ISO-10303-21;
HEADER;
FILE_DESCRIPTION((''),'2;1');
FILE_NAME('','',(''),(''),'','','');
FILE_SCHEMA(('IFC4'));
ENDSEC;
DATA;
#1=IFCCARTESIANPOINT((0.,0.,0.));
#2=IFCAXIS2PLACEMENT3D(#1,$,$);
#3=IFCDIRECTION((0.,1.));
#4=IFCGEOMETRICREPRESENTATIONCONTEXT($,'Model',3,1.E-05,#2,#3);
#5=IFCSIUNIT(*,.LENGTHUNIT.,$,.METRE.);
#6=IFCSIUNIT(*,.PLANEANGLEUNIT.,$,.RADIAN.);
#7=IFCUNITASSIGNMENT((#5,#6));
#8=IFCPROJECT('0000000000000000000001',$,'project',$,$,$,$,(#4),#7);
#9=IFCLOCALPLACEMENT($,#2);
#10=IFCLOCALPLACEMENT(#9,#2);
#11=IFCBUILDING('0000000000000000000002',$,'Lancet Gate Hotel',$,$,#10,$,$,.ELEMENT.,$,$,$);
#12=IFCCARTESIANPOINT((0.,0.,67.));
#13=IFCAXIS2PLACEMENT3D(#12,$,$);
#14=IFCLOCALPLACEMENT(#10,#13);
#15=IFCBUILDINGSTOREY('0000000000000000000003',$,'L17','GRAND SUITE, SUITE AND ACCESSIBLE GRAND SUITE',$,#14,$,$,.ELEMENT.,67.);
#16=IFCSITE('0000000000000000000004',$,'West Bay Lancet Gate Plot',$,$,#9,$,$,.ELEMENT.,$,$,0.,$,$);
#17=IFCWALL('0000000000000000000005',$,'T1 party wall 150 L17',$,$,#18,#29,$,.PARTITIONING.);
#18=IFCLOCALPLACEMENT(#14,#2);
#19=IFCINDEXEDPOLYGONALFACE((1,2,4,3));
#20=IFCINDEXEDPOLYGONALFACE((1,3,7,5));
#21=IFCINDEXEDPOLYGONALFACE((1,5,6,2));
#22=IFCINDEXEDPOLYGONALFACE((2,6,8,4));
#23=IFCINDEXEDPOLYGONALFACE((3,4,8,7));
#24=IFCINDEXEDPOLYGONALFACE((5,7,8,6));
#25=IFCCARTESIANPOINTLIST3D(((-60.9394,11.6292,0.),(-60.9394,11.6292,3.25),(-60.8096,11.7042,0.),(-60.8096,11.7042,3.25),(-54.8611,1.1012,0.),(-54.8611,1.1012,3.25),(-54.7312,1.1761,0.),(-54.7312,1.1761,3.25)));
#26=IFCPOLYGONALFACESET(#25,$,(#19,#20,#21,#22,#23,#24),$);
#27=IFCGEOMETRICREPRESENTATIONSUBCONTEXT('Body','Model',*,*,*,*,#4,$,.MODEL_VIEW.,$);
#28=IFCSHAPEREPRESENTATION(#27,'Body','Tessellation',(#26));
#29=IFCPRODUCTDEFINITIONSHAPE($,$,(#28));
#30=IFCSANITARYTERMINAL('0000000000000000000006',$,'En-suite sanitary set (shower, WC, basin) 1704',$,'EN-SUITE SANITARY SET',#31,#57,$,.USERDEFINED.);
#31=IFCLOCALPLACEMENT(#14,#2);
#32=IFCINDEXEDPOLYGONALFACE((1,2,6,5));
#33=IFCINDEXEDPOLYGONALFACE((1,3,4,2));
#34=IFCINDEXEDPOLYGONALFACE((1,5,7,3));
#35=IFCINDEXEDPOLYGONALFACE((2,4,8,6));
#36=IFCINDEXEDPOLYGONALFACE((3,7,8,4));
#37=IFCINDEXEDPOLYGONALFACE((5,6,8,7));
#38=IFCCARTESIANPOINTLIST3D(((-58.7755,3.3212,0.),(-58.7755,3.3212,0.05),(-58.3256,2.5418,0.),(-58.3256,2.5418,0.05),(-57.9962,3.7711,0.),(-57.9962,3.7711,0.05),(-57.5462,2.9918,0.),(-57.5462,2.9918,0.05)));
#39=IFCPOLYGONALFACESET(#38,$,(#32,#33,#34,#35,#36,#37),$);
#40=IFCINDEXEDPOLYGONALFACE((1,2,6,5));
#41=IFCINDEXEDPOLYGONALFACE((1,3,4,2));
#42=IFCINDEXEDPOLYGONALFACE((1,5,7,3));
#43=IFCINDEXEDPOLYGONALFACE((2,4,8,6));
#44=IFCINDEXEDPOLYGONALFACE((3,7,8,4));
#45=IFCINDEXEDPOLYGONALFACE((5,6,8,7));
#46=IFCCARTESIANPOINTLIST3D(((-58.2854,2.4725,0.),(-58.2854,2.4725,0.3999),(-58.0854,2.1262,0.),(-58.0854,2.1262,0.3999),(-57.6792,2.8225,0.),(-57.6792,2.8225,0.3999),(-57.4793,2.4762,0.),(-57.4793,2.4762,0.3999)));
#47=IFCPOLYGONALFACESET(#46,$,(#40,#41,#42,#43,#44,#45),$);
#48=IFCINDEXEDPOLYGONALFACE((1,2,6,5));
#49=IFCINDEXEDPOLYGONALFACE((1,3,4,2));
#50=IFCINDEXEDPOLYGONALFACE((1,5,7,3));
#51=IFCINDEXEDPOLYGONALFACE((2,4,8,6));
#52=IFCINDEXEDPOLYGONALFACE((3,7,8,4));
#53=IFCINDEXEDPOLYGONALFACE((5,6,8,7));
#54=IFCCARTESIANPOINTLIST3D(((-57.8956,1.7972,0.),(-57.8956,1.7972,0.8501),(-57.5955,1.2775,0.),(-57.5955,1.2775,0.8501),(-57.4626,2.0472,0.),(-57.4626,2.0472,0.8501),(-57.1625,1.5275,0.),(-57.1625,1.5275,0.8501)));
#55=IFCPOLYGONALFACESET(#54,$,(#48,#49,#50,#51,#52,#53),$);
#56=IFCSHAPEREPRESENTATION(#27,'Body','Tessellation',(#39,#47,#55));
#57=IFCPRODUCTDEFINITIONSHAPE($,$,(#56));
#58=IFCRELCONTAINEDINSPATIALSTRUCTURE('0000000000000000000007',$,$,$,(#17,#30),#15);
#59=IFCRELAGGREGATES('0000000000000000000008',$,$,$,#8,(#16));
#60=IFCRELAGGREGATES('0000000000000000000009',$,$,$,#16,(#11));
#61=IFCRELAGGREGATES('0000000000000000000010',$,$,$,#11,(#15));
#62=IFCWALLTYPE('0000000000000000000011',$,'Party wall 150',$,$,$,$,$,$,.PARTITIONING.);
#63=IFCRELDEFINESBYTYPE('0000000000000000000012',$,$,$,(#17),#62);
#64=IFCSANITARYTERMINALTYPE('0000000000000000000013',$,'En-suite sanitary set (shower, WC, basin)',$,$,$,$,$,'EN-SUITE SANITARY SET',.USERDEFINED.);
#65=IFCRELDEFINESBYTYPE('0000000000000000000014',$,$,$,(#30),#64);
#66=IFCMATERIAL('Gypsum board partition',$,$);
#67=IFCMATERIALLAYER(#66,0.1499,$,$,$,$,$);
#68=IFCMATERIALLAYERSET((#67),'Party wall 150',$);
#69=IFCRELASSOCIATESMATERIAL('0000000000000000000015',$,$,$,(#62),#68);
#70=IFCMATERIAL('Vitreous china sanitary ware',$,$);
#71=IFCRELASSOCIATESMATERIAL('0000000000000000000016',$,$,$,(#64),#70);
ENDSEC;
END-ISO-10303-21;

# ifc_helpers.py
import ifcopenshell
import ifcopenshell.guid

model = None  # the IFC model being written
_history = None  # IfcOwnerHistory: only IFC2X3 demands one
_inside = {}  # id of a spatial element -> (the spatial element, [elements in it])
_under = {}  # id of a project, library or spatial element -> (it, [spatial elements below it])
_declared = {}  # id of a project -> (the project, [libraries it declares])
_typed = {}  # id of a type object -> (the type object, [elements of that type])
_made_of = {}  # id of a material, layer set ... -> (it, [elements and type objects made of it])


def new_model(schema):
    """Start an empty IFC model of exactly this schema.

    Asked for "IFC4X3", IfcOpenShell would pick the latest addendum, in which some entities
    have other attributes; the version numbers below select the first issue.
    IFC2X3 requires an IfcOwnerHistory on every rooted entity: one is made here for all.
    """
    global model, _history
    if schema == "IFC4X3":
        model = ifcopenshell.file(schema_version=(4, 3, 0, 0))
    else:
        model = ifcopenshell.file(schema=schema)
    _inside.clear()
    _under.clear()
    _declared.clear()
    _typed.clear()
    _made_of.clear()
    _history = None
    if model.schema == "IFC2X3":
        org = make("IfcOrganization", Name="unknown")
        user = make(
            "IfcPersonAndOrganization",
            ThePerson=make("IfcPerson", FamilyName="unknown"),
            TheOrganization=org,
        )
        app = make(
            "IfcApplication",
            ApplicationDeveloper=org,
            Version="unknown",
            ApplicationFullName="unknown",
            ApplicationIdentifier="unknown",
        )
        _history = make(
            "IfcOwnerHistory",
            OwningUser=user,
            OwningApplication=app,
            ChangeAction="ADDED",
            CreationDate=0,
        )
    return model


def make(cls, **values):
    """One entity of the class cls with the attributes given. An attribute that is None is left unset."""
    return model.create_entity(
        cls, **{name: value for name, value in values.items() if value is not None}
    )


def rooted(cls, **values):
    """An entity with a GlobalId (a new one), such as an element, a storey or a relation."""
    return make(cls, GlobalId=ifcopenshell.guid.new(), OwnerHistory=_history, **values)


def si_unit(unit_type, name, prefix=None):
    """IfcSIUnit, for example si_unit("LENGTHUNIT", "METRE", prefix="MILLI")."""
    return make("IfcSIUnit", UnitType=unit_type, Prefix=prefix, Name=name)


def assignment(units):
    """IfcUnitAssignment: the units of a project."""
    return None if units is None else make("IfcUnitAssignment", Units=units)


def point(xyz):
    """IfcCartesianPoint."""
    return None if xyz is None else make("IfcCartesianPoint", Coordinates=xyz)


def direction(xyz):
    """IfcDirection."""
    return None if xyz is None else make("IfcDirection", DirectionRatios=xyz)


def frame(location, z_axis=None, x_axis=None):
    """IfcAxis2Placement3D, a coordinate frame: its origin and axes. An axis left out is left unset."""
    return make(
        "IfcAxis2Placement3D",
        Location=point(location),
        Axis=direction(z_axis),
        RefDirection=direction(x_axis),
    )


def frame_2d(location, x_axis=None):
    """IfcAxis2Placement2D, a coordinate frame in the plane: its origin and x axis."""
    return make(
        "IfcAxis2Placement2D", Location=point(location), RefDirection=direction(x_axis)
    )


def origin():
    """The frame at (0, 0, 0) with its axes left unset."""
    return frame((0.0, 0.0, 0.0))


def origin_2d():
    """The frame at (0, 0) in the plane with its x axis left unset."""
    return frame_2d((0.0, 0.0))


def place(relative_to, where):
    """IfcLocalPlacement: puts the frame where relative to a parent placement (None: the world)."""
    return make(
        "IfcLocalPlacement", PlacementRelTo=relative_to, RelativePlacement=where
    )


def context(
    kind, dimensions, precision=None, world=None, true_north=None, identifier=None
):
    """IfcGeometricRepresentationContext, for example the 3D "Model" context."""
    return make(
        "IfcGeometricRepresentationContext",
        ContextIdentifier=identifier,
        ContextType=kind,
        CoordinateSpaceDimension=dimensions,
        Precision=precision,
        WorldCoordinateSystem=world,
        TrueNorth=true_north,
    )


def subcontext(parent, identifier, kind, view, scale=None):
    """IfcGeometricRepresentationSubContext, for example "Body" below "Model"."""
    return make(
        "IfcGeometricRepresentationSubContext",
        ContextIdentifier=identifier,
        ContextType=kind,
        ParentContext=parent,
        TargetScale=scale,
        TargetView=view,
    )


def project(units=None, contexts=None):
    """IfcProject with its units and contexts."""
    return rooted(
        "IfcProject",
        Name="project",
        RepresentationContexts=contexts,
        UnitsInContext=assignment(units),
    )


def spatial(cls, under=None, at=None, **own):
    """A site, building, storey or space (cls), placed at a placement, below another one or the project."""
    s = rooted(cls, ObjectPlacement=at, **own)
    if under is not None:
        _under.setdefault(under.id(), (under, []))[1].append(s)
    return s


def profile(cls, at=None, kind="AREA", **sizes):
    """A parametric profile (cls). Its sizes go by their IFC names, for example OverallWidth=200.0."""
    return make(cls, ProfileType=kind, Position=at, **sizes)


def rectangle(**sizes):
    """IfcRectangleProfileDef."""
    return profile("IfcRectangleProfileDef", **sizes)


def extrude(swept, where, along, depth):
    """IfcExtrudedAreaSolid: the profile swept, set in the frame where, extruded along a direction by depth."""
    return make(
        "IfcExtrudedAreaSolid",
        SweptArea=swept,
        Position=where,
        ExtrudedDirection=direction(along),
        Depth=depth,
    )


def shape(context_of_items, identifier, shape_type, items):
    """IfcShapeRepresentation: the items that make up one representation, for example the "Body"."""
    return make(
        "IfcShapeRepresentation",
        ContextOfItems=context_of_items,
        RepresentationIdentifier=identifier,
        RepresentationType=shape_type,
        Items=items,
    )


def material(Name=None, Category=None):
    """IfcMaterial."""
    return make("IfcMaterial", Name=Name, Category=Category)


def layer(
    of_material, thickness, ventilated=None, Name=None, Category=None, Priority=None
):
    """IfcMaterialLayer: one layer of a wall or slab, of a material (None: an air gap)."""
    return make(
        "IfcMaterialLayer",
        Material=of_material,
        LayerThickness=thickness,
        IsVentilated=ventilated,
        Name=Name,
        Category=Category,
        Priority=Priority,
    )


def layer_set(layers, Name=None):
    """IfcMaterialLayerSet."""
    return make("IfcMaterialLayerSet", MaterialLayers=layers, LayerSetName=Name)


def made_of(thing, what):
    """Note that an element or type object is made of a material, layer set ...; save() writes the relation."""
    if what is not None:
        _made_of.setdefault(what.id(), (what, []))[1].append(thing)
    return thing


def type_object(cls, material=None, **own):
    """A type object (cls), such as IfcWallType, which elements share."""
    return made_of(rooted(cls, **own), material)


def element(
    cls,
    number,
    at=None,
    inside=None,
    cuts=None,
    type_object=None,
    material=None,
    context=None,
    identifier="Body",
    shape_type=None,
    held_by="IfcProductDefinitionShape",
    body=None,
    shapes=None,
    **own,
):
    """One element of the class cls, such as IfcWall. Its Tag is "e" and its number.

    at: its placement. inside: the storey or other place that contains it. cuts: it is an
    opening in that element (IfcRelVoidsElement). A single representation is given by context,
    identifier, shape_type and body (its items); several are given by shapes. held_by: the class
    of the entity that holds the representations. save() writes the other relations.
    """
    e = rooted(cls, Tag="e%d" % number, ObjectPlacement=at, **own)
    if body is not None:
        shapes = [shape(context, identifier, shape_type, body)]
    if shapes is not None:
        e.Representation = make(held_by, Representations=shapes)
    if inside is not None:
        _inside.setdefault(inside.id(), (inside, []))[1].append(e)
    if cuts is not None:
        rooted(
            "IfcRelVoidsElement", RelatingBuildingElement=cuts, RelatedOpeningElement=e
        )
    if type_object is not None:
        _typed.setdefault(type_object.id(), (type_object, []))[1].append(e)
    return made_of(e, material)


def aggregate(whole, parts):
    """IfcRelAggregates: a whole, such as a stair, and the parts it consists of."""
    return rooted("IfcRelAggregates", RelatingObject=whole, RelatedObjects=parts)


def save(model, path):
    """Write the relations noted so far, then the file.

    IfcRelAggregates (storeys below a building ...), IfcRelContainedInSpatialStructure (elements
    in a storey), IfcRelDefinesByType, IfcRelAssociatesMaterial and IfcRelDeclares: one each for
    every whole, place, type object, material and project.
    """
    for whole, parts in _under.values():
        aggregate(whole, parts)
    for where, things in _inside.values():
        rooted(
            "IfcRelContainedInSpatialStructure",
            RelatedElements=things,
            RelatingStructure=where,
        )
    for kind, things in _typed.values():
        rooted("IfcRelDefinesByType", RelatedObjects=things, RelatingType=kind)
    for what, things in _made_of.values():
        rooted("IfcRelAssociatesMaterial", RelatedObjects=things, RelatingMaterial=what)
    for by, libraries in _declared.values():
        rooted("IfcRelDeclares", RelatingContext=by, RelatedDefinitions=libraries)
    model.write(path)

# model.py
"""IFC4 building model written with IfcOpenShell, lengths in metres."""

from ifc_helpers import new_model, si_unit, direction, frame, frame_2d, origin, origin_2d, place, context, subcontext, project, spatial, rectangle, extrude, material, layer, layer_set, type_object, element, save


model = new_model("IFC4")

# Units and contexts
model_context = context("Model", 3, precision=1e-05, world=origin(), true_north=direction((0.0, 1.0)))
body_context = subcontext(model_context, "Body", "Model", "MODEL_VIEW")
ifc_project = project(units=[si_unit("LENGTHUNIT", "METRE"), si_unit("PLANEANGLEUNIT", "RADIAN")], contexts=[model_context])

# Site, building, storey
site_placement = place(None, origin())
site = spatial("IfcSite", under=ifc_project, at=site_placement, Name="West Bay Lancet Gate Plot", CompositionType="ELEMENT", RefElevation=0.0)
building_placement = place(site_placement, origin())
building = spatial("IfcBuilding", under=site, at=building_placement, Name="Lancet Gate Hotel", CompositionType="ELEMENT")
storey_placement = place(building_placement, frame((0.0, 0.0, 67.0)))
storey = spatial("IfcBuildingStorey", under=building, at=storey_placement, Name="L17", Description="GRAND SUITE, SUITE AND ACCESSIBLE GRAND SUITE", CompositionType="ELEMENT", Elevation=67.0)

# Wall
ifc_material_1 = material(Name="Gypsum board partition")
ifc_layer_1 = layer(ifc_material_1, 0.1499)
ifc_layer_set_1 = layer_set([ifc_layer_1], Name="Party wall 150")
wall_type_1 = type_object("IfcWallType", Name="Party wall 150", PredefinedType="PARTITIONING", material=ifc_layer_set_1)
wall_1_placement = place(storey_placement, frame((-54.7961, 1.1387, 0.0), z_axis=(0.0, 0.0, 1.0), x_axis=(-0.499999, 0.866026, 0.0)))
element("IfcWall", 1, at=wall_1_placement, inside=storey, type_object=wall_type_1, Name="T1 party wall 150 L17", PredefinedType="PARTITIONING", context=body_context, shape_type="SweptSolid", body=[
    extrude(rectangle(XDim=12.1567, YDim=0.1499, at=frame_2d((6.0784, 0.0))), origin(), (0.0, 0.0, 1.0), 3.25),
])

# Sanitary terminal
ifc_material_2 = material(Name="Vitreous china sanitary ware")
sanitary_terminal_type = type_object("IfcSanitaryTerminalType", Name="En-suite sanitary set (shower, WC, basin)", ElementType="EN-SUITE SANITARY SET", PredefinedType="USERDEFINED", material=ifc_material_2)
sanitary_terminal_placement = place(storey_placement, frame((-58.1609, 3.1565, 0.0), z_axis=(0.0, 0.0, 1.0), x_axis=(1.0, 0.0, 0.0)))
element("IfcSanitaryTerminal", 2, at=sanitary_terminal_placement, inside=storey, type_object=sanitary_terminal_type, Name="En-suite sanitary set (shower, WC, basin) 1704", ObjectType="EN-SUITE SANITARY SET", PredefinedType="USERDEFINED", context=body_context, shape_type="SweptSolid", body=[
    extrude(rectangle(XDim=0.8999, YDim=0.8999, at=origin_2d()), frame((0.0, 0.0, 0.0), z_axis=(0.0, 0.0, 1.0), x_axis=(-0.5, 0.866025, 0.0)), (0.0, 0.0, 1.0), 0.05),
    extrude(rectangle(XDim=0.3999, YDim=0.7, at=origin_2d()), frame((0.2786, -0.6821, 0.0), z_axis=(0.0, 0.0, 1.0), x_axis=(-0.5, 0.866025, 0.0)), (0.0, 0.0, 1.0), 0.3999),
    extrude(rectangle(XDim=0.6001, YDim=0.5, at=origin_2d()), frame((0.6318, -1.4941, 0.0), z_axis=(0.0, 0.0, 1.0), x_axis=(-0.5, 0.866025, 0.0)), (0.0, 0.0, 1.0), 0.8501),
])

save(model, "model.ifc")
